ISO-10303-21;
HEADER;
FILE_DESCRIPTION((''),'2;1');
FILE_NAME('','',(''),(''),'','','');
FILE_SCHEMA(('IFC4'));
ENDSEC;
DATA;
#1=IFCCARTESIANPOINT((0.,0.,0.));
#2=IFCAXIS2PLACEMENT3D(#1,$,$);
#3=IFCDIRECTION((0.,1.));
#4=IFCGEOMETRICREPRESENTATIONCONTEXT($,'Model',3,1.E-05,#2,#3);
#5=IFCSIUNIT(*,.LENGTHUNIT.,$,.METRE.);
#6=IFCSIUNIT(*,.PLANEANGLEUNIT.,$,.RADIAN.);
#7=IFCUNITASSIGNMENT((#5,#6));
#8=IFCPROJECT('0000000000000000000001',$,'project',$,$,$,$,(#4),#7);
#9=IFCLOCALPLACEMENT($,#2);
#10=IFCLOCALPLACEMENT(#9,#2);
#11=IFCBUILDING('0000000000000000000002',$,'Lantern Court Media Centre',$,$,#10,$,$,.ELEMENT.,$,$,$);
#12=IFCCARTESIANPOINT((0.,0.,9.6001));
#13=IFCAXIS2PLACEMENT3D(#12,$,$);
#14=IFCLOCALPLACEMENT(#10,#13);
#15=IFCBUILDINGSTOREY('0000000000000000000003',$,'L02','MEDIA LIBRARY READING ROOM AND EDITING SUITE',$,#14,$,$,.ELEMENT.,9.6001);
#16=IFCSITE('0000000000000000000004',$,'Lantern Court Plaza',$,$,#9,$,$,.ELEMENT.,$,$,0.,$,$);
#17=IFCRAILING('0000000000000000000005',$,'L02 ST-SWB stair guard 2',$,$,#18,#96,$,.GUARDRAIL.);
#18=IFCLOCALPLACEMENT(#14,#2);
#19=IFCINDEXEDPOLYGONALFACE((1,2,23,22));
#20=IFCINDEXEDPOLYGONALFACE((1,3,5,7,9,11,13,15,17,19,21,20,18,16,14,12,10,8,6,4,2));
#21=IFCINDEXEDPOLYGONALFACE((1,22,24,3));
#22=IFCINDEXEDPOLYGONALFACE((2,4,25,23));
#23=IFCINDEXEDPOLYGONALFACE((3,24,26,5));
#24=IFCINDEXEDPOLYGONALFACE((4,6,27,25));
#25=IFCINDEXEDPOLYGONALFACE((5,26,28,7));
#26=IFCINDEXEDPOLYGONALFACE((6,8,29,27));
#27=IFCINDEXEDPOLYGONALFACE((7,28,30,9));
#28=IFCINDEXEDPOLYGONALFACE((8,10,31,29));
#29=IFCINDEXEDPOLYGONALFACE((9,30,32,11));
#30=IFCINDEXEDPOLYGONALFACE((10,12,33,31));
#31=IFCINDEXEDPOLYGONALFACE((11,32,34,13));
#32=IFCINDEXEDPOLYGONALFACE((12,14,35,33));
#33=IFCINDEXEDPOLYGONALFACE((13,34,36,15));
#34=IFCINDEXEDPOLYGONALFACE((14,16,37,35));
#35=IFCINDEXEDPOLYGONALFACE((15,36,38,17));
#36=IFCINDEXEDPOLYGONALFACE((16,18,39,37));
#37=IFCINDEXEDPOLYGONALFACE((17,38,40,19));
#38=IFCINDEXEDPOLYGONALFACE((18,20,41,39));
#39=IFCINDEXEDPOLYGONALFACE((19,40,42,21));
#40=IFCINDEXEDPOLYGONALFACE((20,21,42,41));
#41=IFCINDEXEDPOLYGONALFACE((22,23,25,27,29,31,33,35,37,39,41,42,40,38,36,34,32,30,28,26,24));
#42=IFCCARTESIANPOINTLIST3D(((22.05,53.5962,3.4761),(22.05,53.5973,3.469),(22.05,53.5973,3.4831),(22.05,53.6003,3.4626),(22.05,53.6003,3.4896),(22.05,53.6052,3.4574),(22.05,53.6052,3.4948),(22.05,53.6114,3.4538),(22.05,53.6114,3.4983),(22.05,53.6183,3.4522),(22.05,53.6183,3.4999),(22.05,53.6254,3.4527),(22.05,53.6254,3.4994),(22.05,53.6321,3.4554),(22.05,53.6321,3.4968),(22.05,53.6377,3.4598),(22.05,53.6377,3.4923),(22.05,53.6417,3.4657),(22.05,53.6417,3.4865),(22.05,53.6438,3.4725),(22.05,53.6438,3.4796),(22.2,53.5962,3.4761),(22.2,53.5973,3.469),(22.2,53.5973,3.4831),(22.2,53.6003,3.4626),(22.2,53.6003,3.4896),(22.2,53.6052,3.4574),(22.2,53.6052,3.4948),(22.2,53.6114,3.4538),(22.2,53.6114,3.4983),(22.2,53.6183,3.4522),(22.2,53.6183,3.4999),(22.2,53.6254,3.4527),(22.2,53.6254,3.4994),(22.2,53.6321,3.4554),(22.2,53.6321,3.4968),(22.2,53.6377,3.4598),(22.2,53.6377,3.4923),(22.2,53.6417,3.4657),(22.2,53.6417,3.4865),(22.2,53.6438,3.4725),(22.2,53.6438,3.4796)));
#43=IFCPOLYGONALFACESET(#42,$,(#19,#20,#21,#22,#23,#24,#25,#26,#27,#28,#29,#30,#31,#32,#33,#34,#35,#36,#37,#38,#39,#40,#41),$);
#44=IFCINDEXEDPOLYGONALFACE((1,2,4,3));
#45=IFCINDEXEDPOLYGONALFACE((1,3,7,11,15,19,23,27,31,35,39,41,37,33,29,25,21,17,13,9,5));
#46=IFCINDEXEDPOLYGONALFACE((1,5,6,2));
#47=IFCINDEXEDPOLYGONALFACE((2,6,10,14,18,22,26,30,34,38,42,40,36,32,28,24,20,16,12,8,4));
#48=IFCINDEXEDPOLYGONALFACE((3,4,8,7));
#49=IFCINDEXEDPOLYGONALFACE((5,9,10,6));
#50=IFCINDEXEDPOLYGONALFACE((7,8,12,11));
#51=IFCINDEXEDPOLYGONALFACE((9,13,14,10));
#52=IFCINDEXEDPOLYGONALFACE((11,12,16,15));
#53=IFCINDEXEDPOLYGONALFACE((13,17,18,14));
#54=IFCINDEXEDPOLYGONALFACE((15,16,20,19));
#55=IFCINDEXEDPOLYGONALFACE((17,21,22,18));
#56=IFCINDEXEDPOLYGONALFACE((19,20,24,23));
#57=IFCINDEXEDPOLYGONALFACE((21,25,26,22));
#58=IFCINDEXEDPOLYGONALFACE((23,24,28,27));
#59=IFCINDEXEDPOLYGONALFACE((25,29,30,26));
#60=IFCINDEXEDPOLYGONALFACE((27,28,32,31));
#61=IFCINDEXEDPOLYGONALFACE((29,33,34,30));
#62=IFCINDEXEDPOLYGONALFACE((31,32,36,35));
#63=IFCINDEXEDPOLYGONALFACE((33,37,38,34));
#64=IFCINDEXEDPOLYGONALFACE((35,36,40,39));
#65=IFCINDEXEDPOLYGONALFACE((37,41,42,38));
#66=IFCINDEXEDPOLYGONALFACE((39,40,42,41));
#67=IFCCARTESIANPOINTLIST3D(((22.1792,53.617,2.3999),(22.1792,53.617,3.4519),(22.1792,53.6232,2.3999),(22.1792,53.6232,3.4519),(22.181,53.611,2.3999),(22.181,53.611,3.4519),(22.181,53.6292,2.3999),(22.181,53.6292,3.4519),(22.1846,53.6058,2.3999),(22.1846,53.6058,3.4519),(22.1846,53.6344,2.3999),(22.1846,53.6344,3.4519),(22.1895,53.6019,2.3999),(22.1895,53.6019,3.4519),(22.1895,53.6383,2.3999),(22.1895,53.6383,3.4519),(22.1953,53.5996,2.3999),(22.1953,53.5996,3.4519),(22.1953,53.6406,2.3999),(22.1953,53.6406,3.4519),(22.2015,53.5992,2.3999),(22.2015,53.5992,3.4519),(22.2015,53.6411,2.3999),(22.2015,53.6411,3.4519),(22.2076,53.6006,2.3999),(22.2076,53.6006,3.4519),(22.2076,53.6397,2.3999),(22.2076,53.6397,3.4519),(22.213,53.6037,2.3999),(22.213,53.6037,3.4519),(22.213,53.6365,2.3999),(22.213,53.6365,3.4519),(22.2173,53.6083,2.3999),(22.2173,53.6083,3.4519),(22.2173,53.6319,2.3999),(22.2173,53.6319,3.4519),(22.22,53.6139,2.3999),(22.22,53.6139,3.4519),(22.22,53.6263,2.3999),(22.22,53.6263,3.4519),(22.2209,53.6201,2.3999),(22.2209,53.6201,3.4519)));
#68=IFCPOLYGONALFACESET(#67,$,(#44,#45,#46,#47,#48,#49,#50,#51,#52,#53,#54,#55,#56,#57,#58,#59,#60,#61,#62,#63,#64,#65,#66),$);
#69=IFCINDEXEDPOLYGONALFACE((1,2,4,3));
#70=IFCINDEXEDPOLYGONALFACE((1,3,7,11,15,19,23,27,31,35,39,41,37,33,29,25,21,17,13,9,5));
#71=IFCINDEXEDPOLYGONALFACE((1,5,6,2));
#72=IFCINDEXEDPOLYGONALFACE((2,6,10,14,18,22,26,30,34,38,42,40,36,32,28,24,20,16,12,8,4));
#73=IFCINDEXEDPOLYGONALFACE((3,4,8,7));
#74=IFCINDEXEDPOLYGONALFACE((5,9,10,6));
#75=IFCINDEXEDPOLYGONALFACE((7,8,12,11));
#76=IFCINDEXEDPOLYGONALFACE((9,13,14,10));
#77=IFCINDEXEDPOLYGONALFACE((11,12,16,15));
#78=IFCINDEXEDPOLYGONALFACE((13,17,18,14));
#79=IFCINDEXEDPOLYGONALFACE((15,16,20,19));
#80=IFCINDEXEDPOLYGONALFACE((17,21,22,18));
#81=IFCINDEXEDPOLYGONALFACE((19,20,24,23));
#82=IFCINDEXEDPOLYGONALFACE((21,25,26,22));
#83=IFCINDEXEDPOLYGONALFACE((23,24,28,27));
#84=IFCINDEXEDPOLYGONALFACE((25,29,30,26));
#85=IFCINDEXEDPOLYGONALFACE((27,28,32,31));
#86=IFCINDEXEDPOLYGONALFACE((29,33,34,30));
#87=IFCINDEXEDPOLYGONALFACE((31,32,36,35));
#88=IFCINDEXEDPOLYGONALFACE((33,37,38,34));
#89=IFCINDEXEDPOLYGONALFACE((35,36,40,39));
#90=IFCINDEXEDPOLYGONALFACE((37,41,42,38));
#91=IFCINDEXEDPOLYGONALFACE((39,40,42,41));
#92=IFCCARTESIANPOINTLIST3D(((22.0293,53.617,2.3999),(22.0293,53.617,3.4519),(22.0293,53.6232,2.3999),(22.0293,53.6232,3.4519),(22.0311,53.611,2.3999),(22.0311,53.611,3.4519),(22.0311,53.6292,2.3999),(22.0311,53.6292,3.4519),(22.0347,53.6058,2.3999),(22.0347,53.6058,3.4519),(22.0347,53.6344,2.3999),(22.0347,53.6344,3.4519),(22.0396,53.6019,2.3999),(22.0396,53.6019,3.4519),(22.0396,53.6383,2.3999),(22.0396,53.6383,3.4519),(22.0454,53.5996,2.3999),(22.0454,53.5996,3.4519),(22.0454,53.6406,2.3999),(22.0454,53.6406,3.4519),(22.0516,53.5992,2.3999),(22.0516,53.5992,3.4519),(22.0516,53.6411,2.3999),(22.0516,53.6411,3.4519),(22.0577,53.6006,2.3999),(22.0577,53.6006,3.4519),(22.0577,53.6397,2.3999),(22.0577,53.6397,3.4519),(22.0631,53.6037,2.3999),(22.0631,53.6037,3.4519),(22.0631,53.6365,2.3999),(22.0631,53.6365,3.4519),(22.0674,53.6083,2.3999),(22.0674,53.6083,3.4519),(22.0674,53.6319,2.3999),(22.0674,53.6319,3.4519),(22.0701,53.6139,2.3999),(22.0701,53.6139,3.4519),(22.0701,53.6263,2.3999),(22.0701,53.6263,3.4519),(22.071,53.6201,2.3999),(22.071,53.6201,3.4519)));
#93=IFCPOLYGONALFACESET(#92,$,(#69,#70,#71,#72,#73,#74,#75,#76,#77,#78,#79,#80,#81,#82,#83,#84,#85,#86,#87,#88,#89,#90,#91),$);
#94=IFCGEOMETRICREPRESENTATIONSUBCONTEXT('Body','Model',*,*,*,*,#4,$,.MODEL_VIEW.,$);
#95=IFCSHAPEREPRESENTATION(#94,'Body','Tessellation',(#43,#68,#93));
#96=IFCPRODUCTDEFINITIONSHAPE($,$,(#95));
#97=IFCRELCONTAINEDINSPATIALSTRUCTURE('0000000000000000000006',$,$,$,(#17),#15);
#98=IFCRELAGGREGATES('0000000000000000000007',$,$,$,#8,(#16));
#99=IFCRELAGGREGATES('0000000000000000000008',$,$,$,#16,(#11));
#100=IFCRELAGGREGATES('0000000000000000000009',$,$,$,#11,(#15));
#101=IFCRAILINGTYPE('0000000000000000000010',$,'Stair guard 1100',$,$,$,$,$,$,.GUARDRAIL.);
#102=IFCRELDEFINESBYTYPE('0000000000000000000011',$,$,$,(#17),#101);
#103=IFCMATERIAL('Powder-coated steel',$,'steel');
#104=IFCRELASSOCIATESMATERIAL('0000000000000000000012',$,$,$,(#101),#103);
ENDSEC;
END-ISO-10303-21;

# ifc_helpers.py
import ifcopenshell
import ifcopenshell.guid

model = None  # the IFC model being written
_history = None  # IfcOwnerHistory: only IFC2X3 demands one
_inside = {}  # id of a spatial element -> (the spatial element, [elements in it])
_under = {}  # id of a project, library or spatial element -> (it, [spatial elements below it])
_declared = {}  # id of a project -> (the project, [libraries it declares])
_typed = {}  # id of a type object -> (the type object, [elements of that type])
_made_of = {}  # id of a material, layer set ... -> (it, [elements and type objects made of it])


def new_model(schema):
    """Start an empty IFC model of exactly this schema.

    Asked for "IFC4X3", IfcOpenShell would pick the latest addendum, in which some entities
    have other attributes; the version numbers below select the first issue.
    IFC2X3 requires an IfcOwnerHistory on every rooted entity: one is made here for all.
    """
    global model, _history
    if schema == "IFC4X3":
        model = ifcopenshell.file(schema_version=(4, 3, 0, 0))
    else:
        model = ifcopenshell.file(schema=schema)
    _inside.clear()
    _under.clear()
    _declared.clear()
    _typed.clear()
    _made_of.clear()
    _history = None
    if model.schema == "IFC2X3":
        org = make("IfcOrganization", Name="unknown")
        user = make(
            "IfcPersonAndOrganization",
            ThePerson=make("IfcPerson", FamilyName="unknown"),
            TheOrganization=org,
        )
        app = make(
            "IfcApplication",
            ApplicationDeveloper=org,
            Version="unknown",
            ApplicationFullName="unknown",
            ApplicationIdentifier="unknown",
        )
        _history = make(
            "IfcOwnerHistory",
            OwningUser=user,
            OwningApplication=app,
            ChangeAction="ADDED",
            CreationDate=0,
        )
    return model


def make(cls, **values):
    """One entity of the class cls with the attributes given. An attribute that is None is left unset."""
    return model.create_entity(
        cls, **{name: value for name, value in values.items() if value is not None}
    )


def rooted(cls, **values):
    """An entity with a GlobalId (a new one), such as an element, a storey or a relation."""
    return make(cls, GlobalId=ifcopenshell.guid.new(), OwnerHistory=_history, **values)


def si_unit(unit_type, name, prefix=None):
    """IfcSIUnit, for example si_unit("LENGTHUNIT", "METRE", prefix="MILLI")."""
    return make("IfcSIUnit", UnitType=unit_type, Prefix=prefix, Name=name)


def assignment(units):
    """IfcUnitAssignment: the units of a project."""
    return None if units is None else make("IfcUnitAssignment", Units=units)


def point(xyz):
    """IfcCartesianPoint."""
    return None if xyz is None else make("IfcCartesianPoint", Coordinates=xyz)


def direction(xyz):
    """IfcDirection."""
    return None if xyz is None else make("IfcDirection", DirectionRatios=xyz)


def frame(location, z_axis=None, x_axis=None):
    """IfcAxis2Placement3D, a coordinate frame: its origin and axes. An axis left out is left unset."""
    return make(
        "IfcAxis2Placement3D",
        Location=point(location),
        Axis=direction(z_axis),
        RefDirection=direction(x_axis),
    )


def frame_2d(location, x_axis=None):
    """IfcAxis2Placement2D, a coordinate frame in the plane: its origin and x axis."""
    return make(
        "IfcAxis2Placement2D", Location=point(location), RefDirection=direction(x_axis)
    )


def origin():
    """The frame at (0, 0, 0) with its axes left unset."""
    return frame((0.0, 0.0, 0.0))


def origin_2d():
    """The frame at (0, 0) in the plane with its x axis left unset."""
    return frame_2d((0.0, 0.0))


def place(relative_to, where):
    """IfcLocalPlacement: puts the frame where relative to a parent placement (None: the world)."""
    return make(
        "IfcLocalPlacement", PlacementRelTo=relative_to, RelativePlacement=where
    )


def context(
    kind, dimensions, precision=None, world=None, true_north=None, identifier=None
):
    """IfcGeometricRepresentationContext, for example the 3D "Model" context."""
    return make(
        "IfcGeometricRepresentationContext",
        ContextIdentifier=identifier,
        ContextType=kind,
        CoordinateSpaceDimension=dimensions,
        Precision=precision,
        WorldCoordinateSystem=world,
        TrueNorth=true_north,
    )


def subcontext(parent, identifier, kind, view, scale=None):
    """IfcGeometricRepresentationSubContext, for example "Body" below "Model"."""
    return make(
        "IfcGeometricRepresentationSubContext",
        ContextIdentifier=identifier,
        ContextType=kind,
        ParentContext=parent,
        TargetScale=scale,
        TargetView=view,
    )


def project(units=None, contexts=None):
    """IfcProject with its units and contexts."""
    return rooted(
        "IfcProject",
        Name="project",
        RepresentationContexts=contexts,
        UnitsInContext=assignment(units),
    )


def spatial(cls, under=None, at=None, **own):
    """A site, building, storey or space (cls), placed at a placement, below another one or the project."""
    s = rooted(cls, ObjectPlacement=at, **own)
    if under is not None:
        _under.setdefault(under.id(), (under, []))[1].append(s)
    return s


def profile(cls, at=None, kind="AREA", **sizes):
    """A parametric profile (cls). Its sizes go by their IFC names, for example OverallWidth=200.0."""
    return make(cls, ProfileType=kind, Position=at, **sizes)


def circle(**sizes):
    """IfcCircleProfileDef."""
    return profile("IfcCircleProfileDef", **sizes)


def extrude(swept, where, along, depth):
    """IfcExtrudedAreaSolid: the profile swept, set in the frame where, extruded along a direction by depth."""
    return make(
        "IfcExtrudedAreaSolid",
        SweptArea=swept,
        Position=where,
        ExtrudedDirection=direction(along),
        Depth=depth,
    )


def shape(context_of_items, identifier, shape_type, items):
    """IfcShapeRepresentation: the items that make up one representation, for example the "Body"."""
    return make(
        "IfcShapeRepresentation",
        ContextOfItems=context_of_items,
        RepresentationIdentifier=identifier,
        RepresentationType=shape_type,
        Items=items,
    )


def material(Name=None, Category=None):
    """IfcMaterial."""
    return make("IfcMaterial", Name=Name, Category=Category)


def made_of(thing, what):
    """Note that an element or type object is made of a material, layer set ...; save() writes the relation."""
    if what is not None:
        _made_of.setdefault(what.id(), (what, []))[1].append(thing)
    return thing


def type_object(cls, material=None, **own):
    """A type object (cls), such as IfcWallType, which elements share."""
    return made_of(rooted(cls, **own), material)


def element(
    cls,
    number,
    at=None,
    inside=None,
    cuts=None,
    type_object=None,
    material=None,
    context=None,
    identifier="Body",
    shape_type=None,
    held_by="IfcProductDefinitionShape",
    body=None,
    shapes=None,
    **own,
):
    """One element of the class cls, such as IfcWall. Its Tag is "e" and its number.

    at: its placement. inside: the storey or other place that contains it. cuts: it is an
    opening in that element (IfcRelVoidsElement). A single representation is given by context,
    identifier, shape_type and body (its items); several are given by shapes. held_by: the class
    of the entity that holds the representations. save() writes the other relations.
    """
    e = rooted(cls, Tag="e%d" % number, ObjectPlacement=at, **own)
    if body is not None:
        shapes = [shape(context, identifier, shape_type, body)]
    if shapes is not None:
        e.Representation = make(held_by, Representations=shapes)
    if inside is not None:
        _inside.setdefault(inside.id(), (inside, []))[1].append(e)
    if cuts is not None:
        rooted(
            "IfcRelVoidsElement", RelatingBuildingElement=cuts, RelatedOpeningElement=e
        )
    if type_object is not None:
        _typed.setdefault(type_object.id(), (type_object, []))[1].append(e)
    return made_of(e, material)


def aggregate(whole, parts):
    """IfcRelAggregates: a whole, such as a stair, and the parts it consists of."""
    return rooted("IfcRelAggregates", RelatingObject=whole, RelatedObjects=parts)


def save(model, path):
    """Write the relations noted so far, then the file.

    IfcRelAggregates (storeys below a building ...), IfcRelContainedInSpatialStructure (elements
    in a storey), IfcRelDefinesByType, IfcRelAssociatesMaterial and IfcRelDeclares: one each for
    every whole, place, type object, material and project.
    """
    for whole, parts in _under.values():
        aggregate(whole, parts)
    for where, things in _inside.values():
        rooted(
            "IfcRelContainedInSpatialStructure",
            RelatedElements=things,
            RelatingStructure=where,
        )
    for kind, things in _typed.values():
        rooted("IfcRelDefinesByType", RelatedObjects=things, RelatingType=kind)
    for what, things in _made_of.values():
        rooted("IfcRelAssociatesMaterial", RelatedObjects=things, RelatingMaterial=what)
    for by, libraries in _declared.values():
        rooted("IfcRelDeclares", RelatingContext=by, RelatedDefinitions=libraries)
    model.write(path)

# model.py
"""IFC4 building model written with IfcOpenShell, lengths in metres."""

from ifc_helpers import new_model, si_unit, direction, frame, origin, origin_2d, place, context, subcontext, project, spatial, circle, extrude, material, type_object, element, save


model = new_model("IFC4")

# Units and contexts
model_context = context("Model", 3, precision=1e-05, world=origin(), true_north=direction((0.0, 1.0)))
body_context = subcontext(model_context, "Body", "Model", "MODEL_VIEW")
ifc_project = project(units=[si_unit("LENGTHUNIT", "METRE"), si_unit("PLANEANGLEUNIT", "RADIAN")], contexts=[model_context])

# Site, building, storey
site_placement = place(None, origin())
site = spatial("IfcSite", under=ifc_project, at=site_placement, Name="Lantern Court Plaza", CompositionType="ELEMENT", RefElevation=0.0)
building_placement = place(site_placement, origin())
building = spatial("IfcBuilding", under=site, at=building_placement, Name="Lantern Court Media Centre", CompositionType="ELEMENT")
storey_placement = place(building_placement, frame((0.0, 0.0, 9.6001)))
storey = spatial("IfcBuildingStorey", under=building, at=storey_placement, Name="L02", Description="MEDIA LIBRARY READING ROOM AND EDITING SUITE", CompositionType="ELEMENT", Elevation=9.6001)

# Shared definitions
ifc_material_1 = material(Name="Powder-coated steel", Category="steel")

# Railing
railing_type_1 = type_object("IfcRailingType", Name="Stair guard 1100", PredefinedType="GUARDRAIL", material=ifc_material_1)
railing_1_placement = place(storey_placement, frame((22.2, 53.6201, 2.3999)))
element("IfcRailing", 1, at=railing_1_placement, inside=storey, type_object=railing_type_1, Name="L02 ST-SWB stair guard 2", PredefinedType="GUARDRAIL", context=body_context, shape_type="SweptSolid", body=[
    extrude(circle(Radius=0.0239, at=origin_2d()), frame((0.0, 0.0, 1.0762), z_axis=(-1.0, 0.0, 0.0), x_axis=(0.0, -1.0, 0.0)), (0.0, 0.0, 1.0), 0.1499),
    extrude(circle(Radius=0.021, at=origin_2d()), origin(), (0.0, 0.0, 1.0), 1.052),
    extrude(circle(Radius=0.021, at=origin_2d()), frame((-0.1499, 0.0, 0.0)), (0.0, 0.0, 1.0), 1.052),
])

save(model, "model.ifc")
